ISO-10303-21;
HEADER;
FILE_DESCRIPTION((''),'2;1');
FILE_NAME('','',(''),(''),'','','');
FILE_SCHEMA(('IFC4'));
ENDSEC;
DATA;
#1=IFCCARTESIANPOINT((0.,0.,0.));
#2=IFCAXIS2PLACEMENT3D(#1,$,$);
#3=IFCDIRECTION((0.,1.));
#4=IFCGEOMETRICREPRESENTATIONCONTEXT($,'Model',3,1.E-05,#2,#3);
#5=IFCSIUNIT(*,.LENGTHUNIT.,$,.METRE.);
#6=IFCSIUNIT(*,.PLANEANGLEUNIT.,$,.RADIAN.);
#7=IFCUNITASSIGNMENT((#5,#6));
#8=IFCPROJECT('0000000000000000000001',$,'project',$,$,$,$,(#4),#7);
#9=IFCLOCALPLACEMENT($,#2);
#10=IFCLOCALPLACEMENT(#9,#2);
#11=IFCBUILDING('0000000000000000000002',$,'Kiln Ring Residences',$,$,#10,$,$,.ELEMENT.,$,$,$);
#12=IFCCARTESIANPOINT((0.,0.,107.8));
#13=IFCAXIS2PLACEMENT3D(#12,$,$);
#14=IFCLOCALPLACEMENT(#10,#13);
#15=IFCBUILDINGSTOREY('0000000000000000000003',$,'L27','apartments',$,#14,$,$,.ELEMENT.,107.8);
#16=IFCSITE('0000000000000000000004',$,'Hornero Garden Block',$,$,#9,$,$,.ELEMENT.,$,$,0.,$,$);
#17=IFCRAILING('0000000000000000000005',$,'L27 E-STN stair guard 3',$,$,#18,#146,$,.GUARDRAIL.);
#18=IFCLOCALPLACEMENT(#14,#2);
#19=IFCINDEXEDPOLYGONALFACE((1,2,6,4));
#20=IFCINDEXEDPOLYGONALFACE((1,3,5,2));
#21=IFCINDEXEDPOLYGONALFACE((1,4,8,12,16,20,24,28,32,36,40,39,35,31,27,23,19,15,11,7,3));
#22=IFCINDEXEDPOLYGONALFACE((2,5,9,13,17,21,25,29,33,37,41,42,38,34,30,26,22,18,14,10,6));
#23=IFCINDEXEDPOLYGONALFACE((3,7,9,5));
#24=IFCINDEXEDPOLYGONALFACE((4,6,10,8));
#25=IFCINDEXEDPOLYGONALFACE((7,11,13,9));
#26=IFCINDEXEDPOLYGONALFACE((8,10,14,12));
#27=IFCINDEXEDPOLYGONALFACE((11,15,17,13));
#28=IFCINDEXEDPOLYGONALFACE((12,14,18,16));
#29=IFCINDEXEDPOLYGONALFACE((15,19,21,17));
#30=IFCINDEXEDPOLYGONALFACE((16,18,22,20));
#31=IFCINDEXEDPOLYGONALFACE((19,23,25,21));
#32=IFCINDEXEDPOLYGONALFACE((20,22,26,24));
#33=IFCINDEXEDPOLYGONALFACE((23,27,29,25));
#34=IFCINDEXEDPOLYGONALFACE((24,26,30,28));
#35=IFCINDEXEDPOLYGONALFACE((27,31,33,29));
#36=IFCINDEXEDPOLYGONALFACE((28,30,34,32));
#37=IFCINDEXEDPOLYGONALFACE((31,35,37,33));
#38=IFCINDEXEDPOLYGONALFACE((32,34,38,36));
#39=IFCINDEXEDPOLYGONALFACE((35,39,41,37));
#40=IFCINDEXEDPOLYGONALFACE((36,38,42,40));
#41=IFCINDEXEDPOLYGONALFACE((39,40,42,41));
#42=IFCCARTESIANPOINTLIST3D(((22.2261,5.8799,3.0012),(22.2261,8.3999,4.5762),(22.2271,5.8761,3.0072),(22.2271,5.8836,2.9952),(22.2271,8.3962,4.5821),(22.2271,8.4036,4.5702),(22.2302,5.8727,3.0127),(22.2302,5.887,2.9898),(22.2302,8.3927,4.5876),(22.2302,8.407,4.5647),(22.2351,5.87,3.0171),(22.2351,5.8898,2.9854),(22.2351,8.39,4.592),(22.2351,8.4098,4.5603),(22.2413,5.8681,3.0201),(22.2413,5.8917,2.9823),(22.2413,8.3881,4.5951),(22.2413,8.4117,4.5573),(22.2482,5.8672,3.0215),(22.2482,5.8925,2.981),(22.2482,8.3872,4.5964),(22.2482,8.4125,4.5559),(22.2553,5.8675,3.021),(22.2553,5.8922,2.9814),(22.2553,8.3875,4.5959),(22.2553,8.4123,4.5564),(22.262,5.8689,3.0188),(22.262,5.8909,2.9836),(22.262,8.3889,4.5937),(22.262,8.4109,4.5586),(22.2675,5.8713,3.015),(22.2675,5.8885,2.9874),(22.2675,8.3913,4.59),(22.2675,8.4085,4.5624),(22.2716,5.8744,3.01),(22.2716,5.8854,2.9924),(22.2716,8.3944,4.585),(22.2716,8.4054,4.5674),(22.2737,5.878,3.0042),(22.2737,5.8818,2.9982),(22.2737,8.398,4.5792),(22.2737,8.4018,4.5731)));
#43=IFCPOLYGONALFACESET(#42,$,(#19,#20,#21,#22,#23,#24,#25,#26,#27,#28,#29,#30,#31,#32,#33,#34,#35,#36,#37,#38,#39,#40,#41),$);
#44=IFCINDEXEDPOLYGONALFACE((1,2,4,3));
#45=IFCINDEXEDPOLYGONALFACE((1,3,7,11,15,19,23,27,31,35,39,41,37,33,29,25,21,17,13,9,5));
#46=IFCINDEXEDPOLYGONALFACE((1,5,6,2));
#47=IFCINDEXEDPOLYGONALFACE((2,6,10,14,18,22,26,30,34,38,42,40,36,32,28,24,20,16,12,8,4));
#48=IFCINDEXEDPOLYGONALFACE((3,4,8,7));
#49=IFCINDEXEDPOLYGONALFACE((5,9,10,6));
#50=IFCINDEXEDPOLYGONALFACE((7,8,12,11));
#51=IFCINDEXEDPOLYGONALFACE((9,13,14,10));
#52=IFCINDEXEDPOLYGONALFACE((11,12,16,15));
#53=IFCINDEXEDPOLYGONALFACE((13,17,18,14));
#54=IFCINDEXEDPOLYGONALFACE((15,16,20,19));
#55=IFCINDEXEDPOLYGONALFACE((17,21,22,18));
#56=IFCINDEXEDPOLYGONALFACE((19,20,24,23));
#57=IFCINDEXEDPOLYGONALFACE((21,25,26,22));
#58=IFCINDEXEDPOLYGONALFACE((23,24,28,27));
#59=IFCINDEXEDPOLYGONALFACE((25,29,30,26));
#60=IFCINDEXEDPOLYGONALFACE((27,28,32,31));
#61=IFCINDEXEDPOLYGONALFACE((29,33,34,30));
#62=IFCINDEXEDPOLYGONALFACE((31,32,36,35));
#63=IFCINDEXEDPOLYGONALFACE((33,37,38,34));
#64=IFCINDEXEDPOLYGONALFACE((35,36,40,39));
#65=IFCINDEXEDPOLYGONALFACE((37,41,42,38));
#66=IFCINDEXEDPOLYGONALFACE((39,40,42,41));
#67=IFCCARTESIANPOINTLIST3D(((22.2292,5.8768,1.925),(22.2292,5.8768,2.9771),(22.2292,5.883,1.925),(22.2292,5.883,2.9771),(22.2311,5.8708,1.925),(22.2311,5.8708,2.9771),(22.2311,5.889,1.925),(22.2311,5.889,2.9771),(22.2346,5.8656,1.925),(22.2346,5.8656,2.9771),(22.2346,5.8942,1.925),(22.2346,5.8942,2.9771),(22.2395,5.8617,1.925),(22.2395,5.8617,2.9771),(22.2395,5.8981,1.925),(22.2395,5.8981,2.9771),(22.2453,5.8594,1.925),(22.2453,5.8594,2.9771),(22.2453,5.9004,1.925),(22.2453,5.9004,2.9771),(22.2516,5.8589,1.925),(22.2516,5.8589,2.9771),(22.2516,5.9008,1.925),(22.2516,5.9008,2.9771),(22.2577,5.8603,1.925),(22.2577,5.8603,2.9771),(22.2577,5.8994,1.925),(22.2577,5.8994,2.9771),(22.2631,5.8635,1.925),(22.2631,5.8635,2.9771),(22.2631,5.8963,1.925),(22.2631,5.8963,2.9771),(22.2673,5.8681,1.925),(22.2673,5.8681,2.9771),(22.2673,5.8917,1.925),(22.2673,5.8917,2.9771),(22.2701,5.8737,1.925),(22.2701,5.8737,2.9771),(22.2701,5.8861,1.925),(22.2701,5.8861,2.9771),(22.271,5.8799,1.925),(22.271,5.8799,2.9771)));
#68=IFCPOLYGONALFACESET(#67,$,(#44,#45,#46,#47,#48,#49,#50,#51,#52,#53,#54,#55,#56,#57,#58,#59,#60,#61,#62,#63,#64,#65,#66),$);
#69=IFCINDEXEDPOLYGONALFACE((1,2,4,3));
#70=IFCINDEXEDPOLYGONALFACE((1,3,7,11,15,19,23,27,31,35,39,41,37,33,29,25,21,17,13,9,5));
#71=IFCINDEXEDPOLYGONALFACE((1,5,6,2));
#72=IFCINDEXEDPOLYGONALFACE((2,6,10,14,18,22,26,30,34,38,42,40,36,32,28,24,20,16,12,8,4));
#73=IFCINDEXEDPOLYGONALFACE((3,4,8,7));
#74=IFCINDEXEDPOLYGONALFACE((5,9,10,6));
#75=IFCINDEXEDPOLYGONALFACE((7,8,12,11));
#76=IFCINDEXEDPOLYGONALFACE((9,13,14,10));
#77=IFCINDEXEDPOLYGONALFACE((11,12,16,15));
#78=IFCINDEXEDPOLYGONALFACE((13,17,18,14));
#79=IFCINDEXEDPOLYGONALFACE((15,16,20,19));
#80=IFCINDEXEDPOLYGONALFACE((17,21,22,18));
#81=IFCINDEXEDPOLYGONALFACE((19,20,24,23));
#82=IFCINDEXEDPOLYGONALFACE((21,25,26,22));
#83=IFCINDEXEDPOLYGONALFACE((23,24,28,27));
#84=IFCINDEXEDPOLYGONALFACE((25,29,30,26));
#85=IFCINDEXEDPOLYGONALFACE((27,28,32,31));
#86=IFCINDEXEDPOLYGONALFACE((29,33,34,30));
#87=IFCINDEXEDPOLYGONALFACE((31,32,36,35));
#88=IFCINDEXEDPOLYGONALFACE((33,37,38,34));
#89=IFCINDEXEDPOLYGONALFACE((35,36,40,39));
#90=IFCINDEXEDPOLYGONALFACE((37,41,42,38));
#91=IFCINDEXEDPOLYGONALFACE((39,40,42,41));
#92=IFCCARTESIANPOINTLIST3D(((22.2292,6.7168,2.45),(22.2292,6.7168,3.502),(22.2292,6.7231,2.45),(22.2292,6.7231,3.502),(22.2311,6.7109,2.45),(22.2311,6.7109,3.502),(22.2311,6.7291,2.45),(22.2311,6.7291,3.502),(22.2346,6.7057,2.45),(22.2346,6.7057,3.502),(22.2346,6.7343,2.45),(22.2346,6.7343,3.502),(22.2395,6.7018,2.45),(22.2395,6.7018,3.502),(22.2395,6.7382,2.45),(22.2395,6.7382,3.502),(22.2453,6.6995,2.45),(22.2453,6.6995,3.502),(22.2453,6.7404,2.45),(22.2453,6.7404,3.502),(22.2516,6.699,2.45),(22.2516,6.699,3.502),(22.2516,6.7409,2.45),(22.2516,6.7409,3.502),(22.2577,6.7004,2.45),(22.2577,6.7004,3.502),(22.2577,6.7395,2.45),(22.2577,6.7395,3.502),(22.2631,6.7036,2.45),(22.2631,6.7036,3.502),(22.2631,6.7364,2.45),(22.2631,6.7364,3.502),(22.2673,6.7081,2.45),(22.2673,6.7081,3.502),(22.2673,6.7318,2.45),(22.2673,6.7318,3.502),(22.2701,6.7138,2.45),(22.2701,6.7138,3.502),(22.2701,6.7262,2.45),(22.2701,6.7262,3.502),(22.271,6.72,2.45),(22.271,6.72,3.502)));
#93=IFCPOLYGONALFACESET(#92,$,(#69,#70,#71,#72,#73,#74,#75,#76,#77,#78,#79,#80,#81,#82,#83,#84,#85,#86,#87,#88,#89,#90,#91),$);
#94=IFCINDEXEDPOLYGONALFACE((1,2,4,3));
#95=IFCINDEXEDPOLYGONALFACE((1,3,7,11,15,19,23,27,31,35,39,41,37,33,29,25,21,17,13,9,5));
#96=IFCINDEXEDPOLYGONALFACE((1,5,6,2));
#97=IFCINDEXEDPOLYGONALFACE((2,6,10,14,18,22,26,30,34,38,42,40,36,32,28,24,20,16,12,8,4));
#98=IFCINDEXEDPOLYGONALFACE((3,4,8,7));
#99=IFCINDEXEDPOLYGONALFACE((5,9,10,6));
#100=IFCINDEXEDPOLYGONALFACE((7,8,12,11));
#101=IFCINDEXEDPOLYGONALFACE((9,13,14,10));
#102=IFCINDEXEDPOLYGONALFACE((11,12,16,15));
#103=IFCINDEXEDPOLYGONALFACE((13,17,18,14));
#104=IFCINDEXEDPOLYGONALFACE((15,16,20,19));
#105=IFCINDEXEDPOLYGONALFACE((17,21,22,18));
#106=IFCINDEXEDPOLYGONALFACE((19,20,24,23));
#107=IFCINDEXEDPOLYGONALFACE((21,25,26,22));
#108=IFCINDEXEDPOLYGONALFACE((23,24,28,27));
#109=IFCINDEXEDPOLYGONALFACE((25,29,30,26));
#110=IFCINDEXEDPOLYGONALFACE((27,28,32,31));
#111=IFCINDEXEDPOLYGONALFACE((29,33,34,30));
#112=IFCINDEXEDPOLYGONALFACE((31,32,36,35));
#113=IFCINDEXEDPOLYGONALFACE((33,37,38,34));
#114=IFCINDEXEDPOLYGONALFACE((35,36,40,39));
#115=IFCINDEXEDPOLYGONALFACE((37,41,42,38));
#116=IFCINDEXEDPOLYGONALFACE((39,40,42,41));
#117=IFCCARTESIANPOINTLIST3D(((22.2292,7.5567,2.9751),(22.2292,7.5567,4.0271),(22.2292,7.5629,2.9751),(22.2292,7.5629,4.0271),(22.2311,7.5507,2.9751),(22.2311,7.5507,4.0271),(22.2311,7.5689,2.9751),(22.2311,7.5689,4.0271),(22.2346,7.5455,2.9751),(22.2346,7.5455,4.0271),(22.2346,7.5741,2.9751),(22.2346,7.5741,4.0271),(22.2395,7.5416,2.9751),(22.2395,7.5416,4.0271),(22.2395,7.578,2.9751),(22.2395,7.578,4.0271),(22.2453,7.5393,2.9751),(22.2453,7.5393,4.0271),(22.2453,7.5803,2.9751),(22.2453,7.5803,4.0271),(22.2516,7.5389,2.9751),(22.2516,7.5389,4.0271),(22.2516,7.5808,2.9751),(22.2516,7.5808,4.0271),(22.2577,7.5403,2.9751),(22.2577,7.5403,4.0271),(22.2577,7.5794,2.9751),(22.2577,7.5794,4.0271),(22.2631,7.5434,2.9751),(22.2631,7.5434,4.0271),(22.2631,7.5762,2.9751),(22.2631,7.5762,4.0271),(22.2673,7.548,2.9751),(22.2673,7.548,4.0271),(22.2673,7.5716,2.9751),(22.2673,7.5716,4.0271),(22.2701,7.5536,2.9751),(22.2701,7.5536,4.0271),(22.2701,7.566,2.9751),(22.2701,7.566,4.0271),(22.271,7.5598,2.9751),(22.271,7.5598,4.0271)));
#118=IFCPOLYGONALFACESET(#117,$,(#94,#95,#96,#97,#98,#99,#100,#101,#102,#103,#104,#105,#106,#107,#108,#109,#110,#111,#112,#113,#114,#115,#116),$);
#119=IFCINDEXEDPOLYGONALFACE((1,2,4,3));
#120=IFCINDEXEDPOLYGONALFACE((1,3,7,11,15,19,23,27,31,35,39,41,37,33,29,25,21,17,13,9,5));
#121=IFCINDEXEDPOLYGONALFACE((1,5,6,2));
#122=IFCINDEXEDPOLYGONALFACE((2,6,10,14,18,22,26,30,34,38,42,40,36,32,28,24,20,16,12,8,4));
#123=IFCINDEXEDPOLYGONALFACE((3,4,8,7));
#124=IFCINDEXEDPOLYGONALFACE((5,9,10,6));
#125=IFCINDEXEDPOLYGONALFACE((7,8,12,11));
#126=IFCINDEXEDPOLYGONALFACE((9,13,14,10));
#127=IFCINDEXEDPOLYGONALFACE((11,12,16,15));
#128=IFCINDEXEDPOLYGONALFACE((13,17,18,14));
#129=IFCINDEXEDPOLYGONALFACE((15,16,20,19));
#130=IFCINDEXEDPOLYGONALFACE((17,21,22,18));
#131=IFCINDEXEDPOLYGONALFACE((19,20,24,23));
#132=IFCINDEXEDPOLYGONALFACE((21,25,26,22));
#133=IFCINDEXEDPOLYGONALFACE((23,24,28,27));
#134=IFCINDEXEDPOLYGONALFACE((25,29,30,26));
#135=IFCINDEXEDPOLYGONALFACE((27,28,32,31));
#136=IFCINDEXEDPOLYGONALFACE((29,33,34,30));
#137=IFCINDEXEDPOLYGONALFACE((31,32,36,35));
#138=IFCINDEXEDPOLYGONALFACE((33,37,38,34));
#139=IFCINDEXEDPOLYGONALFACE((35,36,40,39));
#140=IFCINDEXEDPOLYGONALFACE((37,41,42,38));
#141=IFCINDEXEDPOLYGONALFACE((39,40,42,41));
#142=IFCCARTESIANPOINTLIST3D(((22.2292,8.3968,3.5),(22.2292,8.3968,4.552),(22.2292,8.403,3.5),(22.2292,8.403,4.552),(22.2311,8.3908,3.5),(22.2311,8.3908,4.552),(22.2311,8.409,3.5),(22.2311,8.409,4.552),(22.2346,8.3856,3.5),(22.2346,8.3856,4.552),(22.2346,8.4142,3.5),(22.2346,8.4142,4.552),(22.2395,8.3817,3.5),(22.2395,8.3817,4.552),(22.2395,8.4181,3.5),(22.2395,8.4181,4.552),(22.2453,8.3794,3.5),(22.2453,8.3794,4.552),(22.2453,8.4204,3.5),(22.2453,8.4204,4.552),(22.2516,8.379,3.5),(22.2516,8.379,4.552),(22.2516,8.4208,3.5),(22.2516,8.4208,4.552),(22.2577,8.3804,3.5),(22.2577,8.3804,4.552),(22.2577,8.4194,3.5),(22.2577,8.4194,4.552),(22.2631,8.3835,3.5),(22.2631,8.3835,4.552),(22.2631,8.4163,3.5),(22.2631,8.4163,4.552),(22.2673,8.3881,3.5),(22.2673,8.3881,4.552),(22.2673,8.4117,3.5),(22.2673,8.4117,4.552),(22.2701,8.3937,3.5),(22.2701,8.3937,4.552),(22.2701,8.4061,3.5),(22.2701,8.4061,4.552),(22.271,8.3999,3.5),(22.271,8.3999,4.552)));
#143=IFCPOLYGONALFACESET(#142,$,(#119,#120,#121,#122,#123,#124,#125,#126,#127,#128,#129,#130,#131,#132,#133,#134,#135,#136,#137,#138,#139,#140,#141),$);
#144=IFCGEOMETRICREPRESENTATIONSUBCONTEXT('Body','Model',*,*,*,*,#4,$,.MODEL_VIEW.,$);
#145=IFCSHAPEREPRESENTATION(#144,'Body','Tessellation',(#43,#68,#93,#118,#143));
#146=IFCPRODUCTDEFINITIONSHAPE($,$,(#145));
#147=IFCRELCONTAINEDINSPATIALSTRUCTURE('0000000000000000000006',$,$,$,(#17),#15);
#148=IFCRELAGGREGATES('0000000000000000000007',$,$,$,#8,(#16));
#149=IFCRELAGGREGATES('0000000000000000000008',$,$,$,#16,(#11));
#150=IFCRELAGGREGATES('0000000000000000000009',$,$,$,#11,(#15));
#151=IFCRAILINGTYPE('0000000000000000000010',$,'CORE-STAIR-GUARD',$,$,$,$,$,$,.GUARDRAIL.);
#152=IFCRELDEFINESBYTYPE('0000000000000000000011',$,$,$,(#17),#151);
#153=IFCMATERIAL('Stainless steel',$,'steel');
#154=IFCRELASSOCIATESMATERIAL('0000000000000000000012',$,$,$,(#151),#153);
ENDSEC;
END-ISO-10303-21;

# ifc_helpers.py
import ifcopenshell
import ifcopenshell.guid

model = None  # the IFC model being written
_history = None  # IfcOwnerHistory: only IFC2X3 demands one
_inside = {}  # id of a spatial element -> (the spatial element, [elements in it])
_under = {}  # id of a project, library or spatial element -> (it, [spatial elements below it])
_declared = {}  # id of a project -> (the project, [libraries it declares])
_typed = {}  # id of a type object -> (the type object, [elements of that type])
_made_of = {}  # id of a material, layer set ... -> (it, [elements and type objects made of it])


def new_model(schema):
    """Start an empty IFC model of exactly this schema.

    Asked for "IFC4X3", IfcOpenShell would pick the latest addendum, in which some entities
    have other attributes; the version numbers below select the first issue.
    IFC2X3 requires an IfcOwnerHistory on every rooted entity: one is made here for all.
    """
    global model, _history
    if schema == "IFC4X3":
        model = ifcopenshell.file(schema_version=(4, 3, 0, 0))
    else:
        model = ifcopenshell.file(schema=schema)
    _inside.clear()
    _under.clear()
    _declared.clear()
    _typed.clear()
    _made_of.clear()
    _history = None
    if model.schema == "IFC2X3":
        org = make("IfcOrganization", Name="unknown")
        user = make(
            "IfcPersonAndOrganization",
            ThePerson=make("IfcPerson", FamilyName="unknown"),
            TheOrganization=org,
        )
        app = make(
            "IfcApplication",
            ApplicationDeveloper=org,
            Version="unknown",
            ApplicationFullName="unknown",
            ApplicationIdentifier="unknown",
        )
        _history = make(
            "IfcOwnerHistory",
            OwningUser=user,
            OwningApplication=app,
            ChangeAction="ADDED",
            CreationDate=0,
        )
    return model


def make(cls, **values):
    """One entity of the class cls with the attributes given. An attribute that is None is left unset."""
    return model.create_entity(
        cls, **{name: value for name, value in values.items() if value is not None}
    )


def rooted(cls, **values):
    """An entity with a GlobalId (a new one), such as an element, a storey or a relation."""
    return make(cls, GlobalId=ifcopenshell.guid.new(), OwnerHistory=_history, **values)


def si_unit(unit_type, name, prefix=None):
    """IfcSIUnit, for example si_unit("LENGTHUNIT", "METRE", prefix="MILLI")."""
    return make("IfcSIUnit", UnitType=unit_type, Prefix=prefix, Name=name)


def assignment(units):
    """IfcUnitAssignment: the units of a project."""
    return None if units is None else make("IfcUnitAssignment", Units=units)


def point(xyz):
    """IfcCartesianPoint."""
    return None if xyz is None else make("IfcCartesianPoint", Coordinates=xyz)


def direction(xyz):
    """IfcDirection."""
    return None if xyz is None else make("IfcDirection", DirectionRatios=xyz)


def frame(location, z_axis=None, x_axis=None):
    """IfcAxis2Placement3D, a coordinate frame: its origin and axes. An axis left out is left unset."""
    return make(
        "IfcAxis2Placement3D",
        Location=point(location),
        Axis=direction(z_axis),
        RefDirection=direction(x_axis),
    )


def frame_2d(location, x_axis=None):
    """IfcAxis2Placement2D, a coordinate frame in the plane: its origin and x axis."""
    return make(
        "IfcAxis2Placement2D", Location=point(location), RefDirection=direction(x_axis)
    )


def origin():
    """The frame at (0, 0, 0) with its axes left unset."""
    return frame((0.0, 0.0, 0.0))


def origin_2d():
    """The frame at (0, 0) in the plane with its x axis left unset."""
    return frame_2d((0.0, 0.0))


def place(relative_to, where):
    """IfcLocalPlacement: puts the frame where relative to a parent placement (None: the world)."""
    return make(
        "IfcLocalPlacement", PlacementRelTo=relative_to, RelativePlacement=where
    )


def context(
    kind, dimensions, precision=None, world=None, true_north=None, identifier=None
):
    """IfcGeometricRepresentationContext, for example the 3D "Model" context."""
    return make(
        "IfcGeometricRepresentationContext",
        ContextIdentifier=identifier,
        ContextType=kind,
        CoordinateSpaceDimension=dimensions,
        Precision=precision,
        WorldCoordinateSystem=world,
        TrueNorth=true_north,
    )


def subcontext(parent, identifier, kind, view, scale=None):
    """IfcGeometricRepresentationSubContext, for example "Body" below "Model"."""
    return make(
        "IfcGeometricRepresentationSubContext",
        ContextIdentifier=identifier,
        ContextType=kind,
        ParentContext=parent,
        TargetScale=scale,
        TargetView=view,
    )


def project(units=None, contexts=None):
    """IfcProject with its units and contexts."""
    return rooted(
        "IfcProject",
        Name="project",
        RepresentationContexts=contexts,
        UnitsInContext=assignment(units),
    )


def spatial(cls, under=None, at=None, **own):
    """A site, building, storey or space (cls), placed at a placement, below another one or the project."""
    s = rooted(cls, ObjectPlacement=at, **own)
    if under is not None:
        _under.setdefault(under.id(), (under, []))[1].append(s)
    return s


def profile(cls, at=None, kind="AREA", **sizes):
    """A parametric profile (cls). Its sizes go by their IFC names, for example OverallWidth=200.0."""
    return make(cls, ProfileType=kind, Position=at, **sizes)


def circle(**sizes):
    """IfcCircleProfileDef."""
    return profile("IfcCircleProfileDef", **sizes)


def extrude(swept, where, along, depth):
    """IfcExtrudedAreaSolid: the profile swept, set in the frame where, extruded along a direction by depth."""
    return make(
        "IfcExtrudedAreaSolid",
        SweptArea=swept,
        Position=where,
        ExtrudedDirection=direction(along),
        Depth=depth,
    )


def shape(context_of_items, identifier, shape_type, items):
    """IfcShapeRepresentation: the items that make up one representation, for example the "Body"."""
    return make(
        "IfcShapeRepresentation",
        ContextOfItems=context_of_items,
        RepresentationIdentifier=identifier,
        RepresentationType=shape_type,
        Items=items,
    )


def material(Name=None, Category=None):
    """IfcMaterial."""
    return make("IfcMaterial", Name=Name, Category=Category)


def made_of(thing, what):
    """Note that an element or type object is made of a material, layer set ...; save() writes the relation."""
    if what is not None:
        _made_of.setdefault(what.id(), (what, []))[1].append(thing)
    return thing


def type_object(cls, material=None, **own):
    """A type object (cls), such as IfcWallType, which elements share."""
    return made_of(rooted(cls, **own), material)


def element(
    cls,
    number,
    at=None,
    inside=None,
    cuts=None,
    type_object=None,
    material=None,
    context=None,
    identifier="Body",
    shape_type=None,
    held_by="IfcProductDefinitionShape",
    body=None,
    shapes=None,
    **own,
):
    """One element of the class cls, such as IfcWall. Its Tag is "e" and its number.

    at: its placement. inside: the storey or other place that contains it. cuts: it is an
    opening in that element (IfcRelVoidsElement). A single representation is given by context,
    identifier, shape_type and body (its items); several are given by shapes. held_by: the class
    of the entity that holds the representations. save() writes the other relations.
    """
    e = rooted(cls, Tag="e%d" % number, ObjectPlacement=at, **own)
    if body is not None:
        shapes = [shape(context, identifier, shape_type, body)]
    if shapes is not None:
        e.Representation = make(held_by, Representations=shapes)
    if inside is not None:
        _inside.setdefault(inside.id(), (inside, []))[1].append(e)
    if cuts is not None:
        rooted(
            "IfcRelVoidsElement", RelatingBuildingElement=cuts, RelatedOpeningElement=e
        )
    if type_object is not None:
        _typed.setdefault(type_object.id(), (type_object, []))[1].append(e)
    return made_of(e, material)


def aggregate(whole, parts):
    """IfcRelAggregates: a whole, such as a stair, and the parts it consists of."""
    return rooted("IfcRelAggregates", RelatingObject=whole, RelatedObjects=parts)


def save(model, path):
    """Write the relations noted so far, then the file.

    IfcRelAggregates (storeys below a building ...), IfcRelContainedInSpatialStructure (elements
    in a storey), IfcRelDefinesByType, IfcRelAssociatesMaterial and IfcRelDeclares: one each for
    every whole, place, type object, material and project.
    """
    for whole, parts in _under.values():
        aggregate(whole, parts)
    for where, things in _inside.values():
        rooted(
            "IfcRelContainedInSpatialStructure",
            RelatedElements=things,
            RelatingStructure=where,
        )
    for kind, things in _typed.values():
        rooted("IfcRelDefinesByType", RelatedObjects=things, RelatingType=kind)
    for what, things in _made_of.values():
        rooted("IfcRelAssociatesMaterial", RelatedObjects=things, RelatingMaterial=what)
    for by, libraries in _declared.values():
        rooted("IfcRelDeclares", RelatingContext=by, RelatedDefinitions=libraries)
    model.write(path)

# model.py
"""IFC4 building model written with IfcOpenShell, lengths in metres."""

from ifc_helpers import new_model, si_unit, direction, frame, origin, origin_2d, place, context, subcontext, project, spatial, circle, extrude, material, type_object, element, save


model = new_model("IFC4")

# Units and contexts
model_context = context("Model", 3, precision=1e-05, world=origin(), true_north=direction((0.0, 1.0)))
body_context = subcontext(model_context, "Body", "Model", "MODEL_VIEW")
ifc_project = project(units=[si_unit("LENGTHUNIT", "METRE"), si_unit("PLANEANGLEUNIT", "RADIAN")], contexts=[model_context])

# Site, building, storey
site_placement = place(None, origin())
site = spatial("IfcSite", under=ifc_project, at=site_placement, Name="Hornero Garden Block", CompositionType="ELEMENT", RefElevation=0.0)
building_placement = place(site_placement, origin())
building = spatial("IfcBuilding", under=site, at=building_placement, Name="Kiln Ring Residences", CompositionType="ELEMENT")
storey_placement = place(building_placement, frame((0.0, 0.0, 107.8)))
storey = spatial("IfcBuildingStorey", under=building, at=storey_placement, Name="L27", Description="apartments", CompositionType="ELEMENT", Elevation=107.8)

# Railing
ifc_material_1 = material(Name="Stainless steel", Category="steel")
railing_type_1 = type_object("IfcRailingType", Name="CORE-STAIR-GUARD", PredefinedType="GUARDRAIL", material=ifc_material_1)
railing_1_placement = place(storey_placement, frame((22.25, 5.8799, 1.925)))
element("IfcRailing", 1, at=railing_1_placement, inside=storey, type_object=railing_type_1, Name="L27 E-STN stair guard 3", PredefinedType="GUARDRAIL", context=body_context, shape_type="SweptSolid", body=[
    extrude(circle(Radius=0.0239, at=origin_2d()), frame((0.0, 0.0, 1.0762), z_axis=(0.0, 0.848008, 0.529984), x_axis=(-1.0, 0.0, 0.0)), (0.0, 0.0, 1.0), 2.9717),
    extrude(circle(Radius=0.021, at=origin_2d()), origin(), (0.0, 0.0, 1.0), 1.052),
    extrude(circle(Radius=0.021, at=origin_2d()), frame((0.0, 0.8401, 0.5249)), (0.0, 0.0, 1.0), 1.052),
    extrude(circle(Radius=0.021, at=origin_2d()), frame((0.0, 1.6799, 1.05)), (0.0, 0.0, 1.0), 1.052),
    extrude(circle(Radius=0.021, at=origin_2d()), frame((0.0, 2.52, 1.575)), (0.0, 0.0, 1.0), 1.052),
])

save(model, "model.ifc")
